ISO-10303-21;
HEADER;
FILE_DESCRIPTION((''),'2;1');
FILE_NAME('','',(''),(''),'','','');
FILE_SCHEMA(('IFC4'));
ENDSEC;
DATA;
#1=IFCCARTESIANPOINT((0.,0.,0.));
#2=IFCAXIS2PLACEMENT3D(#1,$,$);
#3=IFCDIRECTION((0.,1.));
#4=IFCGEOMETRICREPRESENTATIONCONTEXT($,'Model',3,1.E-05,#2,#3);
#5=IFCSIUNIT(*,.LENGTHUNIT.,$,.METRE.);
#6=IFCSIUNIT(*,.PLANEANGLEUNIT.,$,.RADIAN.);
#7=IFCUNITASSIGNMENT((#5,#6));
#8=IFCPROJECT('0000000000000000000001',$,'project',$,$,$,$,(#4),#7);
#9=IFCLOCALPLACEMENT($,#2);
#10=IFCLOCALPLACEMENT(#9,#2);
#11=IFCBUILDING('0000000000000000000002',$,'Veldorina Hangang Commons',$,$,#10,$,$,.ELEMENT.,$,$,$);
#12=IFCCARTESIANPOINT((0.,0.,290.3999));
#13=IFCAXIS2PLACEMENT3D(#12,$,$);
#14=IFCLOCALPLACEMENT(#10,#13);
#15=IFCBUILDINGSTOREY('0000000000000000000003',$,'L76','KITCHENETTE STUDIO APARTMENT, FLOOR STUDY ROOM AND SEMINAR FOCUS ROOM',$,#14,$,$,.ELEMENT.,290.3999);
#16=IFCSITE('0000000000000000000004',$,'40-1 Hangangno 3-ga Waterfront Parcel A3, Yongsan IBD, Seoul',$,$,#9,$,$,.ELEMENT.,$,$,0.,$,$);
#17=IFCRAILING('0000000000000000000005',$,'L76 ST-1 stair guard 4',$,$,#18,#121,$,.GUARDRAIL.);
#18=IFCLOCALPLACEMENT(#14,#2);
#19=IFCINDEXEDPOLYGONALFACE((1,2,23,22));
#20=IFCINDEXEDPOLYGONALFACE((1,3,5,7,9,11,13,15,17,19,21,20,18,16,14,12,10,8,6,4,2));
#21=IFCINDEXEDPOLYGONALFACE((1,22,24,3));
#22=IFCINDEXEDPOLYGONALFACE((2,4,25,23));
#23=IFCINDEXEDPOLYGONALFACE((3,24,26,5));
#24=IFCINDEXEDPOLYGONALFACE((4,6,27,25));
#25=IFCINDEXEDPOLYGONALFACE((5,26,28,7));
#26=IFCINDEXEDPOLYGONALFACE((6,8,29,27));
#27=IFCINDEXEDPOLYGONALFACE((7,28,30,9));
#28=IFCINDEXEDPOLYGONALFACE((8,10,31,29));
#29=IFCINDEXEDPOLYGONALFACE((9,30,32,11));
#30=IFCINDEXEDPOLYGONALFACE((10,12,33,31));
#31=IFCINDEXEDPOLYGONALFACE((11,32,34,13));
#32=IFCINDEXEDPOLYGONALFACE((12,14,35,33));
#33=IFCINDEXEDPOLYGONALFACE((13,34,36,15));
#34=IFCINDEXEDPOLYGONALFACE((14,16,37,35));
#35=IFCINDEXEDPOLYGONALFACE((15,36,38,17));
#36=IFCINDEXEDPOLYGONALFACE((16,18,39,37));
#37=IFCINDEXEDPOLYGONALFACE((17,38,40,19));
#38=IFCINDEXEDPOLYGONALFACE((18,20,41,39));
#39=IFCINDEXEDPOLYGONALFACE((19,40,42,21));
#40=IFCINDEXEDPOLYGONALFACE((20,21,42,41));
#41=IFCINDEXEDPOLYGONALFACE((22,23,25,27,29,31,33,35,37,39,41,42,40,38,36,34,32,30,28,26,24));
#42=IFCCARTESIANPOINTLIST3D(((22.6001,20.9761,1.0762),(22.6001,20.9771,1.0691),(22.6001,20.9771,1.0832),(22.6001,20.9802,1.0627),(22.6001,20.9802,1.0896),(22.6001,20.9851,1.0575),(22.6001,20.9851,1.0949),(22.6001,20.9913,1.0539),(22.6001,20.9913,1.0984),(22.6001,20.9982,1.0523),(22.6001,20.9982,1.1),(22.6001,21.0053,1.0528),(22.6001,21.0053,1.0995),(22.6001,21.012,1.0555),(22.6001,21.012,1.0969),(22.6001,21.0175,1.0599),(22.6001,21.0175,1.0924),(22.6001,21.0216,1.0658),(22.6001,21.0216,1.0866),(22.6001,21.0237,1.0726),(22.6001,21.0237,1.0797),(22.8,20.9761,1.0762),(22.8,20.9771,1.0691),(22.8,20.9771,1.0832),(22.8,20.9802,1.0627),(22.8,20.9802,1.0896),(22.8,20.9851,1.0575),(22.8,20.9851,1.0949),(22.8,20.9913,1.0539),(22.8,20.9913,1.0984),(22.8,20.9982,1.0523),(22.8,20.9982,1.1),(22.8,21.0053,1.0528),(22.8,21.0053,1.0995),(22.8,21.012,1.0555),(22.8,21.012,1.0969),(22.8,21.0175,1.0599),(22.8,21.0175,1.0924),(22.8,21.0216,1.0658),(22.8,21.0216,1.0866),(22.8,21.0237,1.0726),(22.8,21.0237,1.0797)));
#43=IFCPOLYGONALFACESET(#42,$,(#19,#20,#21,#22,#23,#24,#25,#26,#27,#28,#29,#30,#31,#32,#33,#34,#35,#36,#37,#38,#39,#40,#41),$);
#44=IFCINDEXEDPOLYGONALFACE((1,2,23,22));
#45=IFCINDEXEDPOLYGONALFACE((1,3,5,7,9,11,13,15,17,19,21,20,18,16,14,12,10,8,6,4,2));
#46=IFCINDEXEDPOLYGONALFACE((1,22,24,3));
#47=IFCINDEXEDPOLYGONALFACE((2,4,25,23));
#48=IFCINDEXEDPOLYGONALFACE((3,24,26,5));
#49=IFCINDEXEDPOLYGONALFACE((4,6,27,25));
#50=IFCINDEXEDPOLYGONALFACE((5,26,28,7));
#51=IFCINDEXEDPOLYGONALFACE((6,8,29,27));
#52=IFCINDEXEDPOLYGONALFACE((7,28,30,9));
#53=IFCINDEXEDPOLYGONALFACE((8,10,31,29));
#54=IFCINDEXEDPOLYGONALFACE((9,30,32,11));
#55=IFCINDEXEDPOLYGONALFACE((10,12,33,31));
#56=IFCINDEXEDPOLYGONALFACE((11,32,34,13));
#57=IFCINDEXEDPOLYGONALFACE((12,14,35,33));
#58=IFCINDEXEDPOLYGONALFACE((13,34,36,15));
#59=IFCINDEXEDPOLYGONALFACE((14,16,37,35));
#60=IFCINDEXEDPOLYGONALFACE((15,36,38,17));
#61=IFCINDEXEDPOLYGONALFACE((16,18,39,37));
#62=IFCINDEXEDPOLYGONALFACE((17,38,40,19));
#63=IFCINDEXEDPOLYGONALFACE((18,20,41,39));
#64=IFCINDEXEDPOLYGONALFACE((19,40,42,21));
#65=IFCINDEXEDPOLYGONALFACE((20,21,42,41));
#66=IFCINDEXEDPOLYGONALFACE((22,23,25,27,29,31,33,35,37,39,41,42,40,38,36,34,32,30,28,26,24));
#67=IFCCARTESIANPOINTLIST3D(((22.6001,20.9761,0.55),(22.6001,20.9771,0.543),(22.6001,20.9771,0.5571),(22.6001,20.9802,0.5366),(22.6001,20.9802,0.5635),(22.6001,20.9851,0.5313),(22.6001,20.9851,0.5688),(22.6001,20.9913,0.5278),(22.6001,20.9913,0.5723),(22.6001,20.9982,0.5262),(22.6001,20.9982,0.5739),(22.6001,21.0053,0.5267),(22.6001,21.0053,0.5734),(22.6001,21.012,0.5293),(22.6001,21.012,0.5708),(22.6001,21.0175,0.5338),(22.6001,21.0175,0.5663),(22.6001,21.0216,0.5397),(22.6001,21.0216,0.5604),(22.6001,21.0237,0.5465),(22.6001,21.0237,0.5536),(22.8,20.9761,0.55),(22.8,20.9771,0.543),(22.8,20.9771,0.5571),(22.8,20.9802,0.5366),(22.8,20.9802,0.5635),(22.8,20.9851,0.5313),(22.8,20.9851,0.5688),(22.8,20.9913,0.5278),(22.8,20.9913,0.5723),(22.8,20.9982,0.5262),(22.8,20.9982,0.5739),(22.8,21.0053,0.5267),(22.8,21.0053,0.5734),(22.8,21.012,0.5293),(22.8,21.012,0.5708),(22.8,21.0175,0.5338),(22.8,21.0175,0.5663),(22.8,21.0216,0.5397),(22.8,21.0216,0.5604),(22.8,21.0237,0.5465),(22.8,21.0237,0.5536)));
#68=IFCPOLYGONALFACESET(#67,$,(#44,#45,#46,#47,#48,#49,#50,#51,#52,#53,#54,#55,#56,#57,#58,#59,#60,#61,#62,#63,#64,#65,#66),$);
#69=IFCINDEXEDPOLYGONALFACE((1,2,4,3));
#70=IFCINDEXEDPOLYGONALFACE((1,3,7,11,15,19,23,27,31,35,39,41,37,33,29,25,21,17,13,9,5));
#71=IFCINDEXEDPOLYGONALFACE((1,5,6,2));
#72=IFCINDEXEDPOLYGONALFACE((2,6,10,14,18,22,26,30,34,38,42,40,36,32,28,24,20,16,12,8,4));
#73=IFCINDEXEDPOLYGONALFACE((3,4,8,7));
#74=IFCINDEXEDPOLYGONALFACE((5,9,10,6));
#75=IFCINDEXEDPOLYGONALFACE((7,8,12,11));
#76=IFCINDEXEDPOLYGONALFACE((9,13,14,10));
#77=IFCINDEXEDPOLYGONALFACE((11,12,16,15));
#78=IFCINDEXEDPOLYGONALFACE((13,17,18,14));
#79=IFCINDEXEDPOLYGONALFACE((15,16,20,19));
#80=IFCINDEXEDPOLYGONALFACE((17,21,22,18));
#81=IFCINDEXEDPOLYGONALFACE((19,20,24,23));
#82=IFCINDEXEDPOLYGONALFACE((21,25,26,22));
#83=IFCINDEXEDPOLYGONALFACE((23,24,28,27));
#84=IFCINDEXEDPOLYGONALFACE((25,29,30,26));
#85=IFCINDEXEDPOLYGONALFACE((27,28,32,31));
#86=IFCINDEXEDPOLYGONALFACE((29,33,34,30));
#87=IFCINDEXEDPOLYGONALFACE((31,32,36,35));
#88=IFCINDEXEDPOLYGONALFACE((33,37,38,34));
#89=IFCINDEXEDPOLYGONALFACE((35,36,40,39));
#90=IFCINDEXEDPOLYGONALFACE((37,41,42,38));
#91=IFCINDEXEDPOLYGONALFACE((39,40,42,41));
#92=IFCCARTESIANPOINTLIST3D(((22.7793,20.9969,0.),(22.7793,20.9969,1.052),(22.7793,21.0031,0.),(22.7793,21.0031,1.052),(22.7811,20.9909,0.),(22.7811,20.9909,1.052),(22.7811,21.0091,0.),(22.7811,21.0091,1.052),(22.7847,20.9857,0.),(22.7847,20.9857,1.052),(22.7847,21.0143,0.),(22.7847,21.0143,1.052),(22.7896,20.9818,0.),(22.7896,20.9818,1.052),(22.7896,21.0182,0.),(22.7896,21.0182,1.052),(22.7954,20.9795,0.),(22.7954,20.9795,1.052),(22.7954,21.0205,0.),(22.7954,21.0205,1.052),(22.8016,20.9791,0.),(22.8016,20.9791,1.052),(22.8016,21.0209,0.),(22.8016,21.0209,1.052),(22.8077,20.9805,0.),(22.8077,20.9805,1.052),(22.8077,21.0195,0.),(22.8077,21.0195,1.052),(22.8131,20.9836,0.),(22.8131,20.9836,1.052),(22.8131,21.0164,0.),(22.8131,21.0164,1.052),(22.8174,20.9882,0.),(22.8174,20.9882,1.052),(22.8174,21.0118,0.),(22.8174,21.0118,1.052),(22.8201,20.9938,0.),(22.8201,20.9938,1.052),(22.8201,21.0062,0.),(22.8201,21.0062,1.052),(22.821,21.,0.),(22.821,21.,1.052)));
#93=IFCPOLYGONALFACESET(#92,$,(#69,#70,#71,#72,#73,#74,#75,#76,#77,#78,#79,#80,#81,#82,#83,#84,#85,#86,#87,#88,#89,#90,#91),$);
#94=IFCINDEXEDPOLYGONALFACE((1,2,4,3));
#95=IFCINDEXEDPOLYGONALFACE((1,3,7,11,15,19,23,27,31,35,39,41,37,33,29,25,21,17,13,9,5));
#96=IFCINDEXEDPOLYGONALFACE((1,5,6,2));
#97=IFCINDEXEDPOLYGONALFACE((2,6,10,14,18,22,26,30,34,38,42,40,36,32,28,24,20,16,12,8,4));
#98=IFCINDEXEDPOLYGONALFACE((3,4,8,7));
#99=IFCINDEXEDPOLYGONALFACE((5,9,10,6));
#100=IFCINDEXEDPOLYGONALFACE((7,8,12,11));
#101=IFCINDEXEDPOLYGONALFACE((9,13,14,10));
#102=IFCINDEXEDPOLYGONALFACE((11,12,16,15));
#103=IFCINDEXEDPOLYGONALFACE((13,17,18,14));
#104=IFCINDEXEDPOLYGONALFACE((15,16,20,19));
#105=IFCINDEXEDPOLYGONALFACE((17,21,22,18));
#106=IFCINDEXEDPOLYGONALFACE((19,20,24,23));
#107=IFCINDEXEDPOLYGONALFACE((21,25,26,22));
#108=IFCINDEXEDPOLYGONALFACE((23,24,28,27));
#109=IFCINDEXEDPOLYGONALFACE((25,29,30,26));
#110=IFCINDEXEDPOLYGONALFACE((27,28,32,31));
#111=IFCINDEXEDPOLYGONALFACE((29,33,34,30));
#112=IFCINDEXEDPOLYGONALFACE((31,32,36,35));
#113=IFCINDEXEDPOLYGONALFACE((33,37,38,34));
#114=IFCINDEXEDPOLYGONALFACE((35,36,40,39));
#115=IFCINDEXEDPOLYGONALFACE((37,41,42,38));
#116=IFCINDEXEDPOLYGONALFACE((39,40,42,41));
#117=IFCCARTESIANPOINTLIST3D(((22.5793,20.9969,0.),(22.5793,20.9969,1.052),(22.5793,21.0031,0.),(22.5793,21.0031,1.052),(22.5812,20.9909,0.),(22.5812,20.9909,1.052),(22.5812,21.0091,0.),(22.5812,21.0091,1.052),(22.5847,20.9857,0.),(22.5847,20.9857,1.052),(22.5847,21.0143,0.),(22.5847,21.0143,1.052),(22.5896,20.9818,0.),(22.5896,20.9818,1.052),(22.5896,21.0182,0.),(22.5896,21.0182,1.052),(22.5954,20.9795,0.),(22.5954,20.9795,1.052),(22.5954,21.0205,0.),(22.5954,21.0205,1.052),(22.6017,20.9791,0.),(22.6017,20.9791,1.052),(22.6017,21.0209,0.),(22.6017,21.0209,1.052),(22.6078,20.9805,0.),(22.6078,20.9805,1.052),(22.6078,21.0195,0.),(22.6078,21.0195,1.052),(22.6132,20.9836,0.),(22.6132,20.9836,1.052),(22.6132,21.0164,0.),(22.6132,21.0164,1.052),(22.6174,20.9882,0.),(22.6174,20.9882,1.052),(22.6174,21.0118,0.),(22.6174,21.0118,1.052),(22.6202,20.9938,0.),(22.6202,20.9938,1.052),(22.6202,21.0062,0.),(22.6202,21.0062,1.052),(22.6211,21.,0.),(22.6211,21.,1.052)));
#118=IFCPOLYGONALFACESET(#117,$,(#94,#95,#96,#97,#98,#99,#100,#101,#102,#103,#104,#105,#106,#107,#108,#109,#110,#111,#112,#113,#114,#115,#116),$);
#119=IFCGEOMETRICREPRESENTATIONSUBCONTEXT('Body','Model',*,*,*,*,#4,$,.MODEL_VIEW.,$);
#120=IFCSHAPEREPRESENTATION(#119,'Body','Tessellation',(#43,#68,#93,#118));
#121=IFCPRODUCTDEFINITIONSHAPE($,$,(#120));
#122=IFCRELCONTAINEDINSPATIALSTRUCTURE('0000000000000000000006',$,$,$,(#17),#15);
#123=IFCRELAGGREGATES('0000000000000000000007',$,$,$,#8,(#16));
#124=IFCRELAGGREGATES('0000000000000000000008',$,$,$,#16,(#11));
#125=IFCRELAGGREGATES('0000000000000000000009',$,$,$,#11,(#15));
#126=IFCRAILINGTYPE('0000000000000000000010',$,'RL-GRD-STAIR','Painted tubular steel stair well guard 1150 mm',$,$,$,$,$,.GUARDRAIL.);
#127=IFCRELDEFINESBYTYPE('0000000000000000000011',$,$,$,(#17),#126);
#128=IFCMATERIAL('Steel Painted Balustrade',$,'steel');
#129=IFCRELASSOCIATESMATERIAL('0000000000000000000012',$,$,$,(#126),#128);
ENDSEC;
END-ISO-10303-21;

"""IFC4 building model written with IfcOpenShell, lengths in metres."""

from ifc_helpers import new_model, si_unit, direction, frame, origin, origin_2d, place, context, subcontext, project, spatial, circle, extrude, material, type_object, element, save


model = new_model("IFC4")

# Units and contexts
model_context = context("Model", 3, precision=1e-05, world=origin(), true_north=direction((0.0, 1.0)))
body_context = subcontext(model_context, "Body", "Model", "MODEL_VIEW")
ifc_project = project(units=[si_unit("LENGTHUNIT", "METRE"), si_unit("PLANEANGLEUNIT", "RADIAN")], contexts=[model_context])

# Site, building, storey
site_placement = place(None, origin())
site = spatial("IfcSite", under=ifc_project, at=site_placement, Name="40-1 Hangangno 3-ga Waterfront Parcel A3, Yongsan IBD, Seoul", CompositionType="ELEMENT", RefElevation=0.0)
building_placement = place(site_placement, origin())
building = spatial("IfcBuilding", under=site, at=building_placement, Name="Veldorina Hangang Commons", CompositionType="ELEMENT")
storey_placement = place(building_placement, frame((0.0, 0.0, 290.3999)))
storey = spatial("IfcBuildingStorey", under=building, at=storey_placement, Name="L76", Description="KITCHENETTE STUDIO APARTMENT, FLOOR STUDY ROOM AND SEMINAR FOCUS ROOM", CompositionType="ELEMENT", Elevation=290.3999)

# Railing
ifc_material_1 = material(Name="Steel Painted Balustrade", Category="steel")
railing_type_1 = type_object("IfcRailingType", Name="RL-GRD-STAIR", Description="Painted tubular steel stair well guard 1150 mm", PredefinedType="GUARDRAIL", material=ifc_material_1)
railing_1_placement = place(storey_placement, frame((22.8, 21.0, 0.0)))
element("IfcRailing", 1, at=railing_1_placement, inside=storey, type_object=railing_type_1, Name="L76 ST-1 stair guard 4", PredefinedType="GUARDRAIL", context=body_context, shape_type="SweptSolid", body=[
    extrude(circle(Radius=0.0239, at=origin_2d()), frame((0.0, 0.0, 1.0762), z_axis=(-1.0, 0.0, 0.0), x_axis=(0.0, -1.0, 0.0)), (0.0, 0.0, 1.0), 0.2),
    extrude(circle(Radius=0.0239, at=origin_2d()), frame((0.0, 0.0, 0.55), z_axis=(-1.0, 0.0, 0.0), x_axis=(0.0, -1.0, 0.0)), (0.0, 0.0, 1.0), 0.2),
    extrude(circle(Radius=0.021, at=origin_2d()), origin(), (0.0, 0.0, 1.0), 1.052),
    extrude(circle(Radius=0.021, at=origin_2d()), frame((-0.2, 0.0, 0.0)), (0.0, 0.0, 1.0), 1.052),
])

save(model, "model.ifc")
